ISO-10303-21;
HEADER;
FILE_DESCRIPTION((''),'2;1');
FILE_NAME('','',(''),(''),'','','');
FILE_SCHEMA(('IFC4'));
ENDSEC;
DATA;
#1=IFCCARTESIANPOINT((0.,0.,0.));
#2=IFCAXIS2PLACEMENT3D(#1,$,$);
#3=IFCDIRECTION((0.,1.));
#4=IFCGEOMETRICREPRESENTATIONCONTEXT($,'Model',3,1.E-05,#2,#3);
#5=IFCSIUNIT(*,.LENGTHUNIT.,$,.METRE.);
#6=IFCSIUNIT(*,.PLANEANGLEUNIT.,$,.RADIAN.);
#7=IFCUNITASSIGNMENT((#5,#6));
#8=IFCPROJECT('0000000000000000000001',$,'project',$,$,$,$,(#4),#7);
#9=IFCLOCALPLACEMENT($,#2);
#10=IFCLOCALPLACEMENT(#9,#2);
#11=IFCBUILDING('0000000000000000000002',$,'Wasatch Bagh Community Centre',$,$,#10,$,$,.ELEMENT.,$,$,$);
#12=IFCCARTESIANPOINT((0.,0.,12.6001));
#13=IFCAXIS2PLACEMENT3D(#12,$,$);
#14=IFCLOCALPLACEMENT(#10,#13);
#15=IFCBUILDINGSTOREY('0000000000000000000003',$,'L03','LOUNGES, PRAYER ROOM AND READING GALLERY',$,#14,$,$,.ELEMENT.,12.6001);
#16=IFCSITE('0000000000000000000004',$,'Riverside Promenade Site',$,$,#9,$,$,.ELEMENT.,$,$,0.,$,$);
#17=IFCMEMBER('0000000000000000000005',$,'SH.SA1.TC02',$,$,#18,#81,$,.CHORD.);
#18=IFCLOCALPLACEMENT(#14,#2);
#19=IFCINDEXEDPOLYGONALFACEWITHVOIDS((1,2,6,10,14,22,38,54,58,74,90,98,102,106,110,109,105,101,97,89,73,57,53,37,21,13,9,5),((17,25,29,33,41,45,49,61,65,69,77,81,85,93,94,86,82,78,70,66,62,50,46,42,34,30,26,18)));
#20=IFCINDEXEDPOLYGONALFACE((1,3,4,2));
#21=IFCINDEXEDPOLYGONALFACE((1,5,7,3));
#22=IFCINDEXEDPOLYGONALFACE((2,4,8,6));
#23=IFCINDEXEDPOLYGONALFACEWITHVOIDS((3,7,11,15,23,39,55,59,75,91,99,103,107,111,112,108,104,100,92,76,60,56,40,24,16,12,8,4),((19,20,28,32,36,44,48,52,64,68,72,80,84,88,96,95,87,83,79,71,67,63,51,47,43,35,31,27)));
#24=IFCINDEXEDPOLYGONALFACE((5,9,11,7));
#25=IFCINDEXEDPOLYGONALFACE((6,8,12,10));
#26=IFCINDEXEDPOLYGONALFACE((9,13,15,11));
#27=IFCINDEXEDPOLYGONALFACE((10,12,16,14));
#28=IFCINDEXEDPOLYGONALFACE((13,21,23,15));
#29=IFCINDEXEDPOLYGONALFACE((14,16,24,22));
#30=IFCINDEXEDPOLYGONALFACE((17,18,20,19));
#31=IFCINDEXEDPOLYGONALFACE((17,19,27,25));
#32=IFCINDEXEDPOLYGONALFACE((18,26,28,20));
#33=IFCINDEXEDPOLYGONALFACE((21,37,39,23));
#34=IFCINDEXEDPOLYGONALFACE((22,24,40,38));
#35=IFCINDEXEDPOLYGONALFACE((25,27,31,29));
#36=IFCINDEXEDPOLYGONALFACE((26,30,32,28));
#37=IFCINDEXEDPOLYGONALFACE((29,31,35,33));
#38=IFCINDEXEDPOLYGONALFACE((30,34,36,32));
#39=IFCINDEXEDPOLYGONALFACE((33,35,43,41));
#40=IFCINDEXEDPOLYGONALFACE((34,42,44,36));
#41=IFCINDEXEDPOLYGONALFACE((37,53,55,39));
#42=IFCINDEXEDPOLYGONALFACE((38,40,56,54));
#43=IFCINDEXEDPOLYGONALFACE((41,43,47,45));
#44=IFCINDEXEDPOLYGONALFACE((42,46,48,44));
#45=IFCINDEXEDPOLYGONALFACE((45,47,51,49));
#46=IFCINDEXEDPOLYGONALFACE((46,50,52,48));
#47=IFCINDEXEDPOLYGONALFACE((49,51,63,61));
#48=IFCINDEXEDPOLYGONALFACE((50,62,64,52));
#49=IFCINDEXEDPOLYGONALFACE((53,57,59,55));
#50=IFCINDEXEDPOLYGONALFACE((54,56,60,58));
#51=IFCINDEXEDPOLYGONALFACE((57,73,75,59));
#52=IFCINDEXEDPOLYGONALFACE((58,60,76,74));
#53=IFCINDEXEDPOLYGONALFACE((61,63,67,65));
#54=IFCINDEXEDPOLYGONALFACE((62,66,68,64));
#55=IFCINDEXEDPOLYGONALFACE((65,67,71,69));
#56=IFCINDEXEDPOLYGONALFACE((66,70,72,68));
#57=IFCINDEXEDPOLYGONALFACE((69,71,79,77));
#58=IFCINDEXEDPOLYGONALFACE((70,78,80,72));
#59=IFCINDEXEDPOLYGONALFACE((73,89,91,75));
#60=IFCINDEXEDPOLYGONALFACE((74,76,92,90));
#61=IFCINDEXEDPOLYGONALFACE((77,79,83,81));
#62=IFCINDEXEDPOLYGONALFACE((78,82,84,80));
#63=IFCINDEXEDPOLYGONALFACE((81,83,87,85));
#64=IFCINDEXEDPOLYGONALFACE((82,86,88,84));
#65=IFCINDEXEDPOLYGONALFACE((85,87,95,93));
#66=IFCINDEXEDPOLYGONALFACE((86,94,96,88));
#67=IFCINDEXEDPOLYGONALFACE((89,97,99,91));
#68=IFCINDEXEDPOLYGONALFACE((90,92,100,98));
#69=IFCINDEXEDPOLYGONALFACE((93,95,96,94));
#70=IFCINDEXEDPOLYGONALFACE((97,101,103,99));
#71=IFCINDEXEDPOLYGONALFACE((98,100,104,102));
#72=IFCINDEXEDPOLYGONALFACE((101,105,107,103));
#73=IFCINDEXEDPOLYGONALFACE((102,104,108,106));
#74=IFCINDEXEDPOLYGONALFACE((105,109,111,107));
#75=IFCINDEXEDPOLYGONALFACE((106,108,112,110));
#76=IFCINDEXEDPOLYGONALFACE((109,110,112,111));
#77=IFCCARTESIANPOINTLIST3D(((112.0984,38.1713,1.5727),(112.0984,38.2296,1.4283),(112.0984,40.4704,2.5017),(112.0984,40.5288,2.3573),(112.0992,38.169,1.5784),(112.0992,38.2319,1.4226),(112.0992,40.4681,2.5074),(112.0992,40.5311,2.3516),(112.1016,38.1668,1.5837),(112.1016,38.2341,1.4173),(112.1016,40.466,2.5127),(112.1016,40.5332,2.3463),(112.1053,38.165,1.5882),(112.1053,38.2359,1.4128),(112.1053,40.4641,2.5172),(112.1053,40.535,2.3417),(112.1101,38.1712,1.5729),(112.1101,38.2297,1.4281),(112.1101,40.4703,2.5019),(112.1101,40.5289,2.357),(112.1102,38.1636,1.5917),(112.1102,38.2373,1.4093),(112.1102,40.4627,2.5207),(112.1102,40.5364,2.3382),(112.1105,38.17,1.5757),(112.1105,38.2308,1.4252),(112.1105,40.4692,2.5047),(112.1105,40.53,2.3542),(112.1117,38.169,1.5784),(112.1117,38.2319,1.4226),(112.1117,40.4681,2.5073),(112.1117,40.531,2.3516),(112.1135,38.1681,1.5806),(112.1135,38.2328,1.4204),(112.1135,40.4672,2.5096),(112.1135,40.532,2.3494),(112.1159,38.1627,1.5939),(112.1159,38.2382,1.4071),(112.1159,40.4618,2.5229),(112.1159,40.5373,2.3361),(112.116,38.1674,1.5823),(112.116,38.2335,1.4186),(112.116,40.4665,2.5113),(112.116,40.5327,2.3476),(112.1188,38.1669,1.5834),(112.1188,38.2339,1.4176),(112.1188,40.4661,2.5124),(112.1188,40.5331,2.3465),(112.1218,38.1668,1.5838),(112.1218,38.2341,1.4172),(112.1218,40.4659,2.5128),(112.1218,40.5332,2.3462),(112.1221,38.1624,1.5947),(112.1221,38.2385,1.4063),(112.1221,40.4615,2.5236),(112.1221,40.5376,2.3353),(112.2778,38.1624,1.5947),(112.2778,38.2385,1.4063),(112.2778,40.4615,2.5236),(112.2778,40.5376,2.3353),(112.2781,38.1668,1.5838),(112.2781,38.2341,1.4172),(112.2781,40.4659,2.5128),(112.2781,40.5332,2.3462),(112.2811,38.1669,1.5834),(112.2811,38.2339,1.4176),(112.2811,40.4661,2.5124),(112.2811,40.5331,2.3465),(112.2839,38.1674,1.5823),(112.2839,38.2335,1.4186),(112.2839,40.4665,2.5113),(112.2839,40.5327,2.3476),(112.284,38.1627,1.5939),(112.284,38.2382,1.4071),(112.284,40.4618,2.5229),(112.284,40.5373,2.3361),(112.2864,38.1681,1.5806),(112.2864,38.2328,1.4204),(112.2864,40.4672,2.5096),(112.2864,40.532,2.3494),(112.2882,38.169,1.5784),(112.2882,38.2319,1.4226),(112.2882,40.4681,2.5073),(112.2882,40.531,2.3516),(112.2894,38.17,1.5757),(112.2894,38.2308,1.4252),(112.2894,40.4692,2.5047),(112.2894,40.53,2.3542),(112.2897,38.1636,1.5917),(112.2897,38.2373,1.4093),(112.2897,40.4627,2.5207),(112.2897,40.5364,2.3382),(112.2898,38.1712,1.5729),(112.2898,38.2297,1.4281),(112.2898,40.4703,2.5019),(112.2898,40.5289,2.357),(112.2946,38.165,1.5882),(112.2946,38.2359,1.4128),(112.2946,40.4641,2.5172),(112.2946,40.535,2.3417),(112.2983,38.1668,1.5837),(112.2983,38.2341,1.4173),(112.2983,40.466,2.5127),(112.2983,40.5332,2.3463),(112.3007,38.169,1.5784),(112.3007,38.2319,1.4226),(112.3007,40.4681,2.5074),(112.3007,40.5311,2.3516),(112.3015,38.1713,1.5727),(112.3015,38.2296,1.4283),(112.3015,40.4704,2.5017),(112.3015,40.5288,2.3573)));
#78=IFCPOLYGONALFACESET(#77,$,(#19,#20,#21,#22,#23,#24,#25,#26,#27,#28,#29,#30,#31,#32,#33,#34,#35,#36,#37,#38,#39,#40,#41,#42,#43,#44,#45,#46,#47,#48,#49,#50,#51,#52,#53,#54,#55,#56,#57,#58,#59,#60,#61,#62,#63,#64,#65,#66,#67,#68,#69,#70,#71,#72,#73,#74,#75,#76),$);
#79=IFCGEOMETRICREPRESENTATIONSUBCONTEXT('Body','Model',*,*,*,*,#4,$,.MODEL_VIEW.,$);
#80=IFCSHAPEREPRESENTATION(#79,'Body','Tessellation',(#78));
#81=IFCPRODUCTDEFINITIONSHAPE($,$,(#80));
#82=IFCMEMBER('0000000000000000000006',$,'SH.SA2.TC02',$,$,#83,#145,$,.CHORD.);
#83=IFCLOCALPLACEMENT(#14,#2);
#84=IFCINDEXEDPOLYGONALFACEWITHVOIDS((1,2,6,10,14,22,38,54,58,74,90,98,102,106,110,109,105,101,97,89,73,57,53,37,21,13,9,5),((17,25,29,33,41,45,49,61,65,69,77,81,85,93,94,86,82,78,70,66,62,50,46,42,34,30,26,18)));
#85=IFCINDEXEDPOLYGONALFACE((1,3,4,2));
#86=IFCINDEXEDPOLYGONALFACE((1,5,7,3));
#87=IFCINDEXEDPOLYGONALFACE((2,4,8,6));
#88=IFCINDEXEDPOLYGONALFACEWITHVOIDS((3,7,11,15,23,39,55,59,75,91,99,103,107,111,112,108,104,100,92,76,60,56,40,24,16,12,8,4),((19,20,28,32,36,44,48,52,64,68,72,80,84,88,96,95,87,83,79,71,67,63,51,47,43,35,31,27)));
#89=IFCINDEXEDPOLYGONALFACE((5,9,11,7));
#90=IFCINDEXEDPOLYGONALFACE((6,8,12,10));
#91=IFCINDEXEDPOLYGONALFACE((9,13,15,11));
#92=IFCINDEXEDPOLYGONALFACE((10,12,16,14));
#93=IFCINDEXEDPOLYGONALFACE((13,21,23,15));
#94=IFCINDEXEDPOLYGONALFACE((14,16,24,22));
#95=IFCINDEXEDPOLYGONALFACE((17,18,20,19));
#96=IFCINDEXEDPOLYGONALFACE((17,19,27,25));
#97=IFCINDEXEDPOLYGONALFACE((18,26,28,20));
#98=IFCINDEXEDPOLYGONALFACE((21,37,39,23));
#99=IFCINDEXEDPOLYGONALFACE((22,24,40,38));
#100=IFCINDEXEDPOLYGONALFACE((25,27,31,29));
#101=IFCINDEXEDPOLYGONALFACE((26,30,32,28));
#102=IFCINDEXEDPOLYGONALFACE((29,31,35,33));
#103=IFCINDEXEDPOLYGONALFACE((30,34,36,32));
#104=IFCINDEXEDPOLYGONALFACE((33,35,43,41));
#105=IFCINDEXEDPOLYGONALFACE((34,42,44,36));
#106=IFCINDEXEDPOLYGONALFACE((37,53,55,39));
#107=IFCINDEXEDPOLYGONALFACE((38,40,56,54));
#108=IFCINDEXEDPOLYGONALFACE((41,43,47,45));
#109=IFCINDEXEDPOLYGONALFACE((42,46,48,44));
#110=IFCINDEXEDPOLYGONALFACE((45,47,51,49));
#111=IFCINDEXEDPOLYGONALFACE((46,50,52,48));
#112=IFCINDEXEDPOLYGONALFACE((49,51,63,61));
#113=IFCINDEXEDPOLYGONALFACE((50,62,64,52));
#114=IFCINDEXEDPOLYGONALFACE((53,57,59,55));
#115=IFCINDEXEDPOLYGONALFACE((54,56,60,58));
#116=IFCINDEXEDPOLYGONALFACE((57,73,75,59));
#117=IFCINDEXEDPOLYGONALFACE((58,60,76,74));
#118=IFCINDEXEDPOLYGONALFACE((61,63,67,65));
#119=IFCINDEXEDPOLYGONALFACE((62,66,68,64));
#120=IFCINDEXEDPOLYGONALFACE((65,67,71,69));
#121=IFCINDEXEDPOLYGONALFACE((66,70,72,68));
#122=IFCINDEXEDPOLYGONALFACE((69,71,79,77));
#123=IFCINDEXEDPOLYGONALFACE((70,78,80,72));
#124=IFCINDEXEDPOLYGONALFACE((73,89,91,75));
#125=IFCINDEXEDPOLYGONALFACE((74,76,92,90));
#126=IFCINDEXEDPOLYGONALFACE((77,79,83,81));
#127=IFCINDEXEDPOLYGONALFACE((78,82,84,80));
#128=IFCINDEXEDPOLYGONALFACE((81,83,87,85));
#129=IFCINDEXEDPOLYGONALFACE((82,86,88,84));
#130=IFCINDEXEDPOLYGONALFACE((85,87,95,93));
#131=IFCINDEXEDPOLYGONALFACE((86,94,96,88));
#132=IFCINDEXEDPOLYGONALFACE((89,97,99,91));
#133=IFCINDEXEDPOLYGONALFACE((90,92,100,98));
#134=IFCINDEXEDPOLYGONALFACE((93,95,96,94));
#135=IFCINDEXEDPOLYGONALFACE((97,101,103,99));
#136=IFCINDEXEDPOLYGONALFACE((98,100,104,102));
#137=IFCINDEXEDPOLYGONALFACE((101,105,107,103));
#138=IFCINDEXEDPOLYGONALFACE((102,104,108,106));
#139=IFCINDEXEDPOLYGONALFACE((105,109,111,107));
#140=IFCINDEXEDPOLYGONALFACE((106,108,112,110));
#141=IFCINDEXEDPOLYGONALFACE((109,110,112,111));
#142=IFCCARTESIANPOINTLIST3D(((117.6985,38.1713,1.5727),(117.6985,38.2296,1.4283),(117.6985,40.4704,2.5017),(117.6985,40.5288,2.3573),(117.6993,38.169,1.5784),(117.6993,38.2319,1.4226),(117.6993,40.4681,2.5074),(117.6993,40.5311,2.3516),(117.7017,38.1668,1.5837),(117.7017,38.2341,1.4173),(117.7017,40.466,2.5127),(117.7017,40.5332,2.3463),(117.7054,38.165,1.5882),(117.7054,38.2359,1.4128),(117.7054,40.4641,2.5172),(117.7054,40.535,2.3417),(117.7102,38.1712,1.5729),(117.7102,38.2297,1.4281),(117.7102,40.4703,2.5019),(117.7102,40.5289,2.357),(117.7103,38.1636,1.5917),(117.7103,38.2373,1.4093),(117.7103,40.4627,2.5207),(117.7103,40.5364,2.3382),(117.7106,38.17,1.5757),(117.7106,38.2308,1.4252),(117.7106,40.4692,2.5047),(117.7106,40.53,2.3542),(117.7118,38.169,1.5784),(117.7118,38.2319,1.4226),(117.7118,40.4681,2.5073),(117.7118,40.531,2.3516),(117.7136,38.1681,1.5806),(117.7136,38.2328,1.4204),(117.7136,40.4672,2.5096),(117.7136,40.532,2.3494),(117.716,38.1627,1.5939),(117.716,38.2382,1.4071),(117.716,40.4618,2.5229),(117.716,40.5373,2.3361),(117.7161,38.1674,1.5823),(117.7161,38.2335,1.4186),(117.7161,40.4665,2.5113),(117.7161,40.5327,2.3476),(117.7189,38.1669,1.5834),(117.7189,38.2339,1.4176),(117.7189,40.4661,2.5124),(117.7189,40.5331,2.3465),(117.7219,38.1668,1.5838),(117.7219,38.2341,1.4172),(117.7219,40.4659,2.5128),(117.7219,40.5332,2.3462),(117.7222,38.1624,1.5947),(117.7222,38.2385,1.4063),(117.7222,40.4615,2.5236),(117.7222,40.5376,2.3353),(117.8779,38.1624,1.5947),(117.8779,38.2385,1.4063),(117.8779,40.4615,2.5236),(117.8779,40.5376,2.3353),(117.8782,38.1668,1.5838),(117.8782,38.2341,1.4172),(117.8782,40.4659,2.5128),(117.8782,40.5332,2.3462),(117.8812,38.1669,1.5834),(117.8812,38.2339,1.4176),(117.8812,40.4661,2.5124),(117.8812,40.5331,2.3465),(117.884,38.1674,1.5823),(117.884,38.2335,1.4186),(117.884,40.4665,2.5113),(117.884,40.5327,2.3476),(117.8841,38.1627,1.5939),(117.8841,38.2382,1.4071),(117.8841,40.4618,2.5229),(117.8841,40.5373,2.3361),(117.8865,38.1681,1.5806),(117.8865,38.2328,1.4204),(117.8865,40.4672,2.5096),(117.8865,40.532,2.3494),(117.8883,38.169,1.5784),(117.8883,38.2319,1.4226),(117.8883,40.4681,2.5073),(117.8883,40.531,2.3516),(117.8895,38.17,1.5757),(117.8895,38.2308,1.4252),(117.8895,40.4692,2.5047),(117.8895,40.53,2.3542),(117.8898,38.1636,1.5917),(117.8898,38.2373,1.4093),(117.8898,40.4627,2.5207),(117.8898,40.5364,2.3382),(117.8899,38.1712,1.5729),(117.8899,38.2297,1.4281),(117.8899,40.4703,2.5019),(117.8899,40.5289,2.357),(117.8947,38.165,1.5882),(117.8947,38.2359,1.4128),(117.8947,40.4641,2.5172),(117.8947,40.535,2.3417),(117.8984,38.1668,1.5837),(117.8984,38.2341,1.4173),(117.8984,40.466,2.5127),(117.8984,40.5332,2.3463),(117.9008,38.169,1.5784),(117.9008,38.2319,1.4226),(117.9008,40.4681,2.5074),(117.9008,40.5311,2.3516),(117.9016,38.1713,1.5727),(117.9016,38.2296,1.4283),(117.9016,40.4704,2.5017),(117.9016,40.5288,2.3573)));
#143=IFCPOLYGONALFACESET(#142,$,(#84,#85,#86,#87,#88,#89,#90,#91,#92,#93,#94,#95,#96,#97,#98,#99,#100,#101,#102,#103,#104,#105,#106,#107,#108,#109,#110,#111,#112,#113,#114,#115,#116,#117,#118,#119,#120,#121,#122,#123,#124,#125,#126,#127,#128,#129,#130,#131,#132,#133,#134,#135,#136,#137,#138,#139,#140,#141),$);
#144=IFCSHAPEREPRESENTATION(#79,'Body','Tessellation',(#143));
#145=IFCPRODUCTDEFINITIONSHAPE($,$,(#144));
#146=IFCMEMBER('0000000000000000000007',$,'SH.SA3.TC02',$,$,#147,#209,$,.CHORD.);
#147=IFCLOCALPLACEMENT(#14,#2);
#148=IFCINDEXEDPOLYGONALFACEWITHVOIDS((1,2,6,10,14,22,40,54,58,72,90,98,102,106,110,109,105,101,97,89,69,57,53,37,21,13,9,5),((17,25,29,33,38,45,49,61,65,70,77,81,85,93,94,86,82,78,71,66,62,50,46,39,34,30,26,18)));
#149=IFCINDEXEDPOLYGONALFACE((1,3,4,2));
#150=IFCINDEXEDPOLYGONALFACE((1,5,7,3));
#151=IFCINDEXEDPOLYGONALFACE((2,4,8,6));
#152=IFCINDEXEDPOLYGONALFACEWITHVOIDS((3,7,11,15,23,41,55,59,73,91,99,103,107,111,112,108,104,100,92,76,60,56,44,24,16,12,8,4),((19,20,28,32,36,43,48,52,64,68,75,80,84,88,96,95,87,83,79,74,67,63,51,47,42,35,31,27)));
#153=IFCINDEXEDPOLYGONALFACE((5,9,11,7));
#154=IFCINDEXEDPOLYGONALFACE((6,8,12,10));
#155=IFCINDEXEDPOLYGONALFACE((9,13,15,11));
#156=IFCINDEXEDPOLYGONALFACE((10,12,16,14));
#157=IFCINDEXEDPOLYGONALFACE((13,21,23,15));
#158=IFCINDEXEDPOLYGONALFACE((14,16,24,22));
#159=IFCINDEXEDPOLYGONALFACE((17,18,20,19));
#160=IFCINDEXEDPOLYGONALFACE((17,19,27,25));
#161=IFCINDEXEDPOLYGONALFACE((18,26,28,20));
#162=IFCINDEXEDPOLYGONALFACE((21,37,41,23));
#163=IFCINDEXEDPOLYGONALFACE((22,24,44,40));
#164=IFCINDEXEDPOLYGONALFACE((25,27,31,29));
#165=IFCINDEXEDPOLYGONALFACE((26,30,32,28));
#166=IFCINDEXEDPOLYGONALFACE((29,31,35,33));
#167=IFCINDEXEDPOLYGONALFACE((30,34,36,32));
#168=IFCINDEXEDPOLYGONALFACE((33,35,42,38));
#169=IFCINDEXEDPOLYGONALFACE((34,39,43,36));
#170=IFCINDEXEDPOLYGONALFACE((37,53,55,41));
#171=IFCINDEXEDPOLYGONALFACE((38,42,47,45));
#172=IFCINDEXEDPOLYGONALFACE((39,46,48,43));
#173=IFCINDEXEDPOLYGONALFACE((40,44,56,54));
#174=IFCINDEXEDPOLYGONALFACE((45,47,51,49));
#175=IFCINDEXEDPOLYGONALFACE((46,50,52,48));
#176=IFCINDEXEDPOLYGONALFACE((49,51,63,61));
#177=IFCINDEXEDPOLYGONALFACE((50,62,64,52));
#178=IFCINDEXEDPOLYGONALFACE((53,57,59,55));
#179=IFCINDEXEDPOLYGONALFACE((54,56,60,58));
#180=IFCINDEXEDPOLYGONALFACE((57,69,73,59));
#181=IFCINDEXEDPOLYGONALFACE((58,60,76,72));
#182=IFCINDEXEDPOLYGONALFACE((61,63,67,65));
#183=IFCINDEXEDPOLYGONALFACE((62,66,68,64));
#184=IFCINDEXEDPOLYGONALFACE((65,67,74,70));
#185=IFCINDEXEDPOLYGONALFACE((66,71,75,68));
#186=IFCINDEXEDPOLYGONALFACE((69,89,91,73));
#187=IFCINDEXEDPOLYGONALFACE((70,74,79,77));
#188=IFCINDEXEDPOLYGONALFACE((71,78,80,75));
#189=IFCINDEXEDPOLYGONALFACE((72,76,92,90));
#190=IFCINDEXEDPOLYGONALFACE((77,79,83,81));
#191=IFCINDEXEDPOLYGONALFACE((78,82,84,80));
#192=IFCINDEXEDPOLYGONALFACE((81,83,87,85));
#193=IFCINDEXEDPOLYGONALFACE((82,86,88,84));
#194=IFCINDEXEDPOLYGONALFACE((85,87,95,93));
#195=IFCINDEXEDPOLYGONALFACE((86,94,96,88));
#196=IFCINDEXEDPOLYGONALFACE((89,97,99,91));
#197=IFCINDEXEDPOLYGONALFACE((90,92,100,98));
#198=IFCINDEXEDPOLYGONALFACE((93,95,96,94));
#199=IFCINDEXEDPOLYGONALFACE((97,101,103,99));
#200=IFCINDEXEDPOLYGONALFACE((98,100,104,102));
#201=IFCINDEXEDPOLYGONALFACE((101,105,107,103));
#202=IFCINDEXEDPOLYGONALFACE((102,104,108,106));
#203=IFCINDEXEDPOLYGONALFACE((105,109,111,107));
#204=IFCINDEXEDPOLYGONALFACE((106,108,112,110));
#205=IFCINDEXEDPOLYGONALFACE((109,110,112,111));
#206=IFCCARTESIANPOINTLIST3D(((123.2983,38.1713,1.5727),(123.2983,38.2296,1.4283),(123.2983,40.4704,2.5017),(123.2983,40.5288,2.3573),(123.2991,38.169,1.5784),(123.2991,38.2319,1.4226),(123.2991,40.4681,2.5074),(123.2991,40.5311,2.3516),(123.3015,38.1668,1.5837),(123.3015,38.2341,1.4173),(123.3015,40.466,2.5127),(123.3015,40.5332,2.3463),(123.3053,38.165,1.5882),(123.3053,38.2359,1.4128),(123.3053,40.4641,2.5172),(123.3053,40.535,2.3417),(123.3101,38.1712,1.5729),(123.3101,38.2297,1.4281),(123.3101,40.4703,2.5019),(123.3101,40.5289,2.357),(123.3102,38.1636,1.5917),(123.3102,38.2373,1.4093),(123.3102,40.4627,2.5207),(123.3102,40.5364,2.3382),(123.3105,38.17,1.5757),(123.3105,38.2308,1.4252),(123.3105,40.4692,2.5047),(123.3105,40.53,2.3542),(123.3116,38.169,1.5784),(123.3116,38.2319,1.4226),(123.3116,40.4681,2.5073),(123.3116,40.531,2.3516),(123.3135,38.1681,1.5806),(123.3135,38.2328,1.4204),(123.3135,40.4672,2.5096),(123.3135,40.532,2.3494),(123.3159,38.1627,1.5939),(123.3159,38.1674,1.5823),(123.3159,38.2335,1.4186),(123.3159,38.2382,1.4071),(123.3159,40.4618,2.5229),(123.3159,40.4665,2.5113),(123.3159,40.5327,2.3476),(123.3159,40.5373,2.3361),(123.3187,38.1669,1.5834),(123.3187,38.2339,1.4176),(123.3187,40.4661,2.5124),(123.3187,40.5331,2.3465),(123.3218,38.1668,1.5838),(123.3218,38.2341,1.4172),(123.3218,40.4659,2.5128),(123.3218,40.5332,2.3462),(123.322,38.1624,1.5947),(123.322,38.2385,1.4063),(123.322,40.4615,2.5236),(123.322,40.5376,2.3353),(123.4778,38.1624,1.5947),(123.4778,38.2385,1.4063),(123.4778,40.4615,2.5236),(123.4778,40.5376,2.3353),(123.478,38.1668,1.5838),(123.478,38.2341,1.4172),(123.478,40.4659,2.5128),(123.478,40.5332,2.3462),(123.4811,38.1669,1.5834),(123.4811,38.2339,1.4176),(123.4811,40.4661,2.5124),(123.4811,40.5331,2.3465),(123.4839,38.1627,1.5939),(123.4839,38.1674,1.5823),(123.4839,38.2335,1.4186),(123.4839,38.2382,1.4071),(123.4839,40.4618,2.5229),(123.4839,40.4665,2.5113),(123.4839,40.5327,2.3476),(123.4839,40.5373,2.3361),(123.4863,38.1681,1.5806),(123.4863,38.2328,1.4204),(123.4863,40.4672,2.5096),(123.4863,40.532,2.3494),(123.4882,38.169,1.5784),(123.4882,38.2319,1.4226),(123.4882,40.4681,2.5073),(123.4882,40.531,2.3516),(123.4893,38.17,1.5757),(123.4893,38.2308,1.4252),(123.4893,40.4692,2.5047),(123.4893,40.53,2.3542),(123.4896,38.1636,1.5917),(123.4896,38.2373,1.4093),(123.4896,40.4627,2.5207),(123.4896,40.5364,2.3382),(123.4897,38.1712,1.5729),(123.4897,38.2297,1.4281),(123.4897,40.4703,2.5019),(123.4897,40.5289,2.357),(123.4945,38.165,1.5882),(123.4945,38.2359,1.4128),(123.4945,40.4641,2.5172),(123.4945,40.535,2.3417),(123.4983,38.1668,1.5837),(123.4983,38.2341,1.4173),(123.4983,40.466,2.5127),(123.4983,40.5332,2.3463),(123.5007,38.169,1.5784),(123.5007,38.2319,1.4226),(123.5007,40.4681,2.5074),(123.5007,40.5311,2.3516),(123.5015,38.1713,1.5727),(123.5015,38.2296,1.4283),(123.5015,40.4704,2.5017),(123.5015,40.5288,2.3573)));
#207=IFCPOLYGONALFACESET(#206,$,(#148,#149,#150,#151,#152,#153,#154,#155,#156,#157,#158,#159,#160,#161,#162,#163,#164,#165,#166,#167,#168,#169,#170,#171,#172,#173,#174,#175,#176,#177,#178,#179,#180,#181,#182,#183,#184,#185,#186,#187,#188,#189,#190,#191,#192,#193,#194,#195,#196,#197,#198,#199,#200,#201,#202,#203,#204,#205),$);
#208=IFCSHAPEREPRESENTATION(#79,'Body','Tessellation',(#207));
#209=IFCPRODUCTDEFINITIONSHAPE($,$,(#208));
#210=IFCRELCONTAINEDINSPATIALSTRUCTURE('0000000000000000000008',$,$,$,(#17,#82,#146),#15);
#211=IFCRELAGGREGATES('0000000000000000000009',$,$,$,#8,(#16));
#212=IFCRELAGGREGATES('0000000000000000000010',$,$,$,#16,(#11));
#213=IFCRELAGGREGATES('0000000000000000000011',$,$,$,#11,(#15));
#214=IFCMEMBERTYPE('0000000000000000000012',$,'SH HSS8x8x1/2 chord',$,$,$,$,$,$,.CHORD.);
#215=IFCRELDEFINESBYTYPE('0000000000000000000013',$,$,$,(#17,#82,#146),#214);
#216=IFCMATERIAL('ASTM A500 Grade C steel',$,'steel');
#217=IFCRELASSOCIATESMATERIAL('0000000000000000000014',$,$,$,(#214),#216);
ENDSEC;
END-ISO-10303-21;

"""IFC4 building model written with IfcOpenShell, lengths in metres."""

from ifc_helpers import new_model, si_unit, direction, frame, origin, origin_2d, place, context, subcontext, project, spatial, hollow_rectangle, extrude, material, material_profile, profile_set, type_object, element, save


model = new_model("IFC4")

# Units and contexts
model_context = context("Model", 3, precision=1e-05, world=origin(), true_north=direction((0.0, 1.0)))
body_context = subcontext(model_context, "Body", "Model", "MODEL_VIEW")
ifc_project = project(units=[si_unit("LENGTHUNIT", "METRE"), si_unit("PLANEANGLEUNIT", "RADIAN")], contexts=[model_context])

# Site, building, storey
site_placement = place(None, origin())
site = spatial("IfcSite", under=ifc_project, at=site_placement, Name="Riverside Promenade Site", CompositionType="ELEMENT", RefElevation=0.0)
building_placement = place(site_placement, origin())
building = spatial("IfcBuilding", under=site, at=building_placement, Name="Wasatch Bagh Community Centre", CompositionType="ELEMENT")
storey_placement = place(building_placement, frame((0.0, 0.0, 12.6001)))
storey = spatial("IfcBuildingStorey", under=building, at=storey_placement, Name="L03", Description="LOUNGES, PRAYER ROOM AND READING GALLERY", CompositionType="ELEMENT", Elevation=12.6001)

# Members
ifc_material_1 = material(Name="ASTM A500 Grade C steel", Category="steel")
ifc_material_profile_1 = material_profile(ifc_material_1, hollow_rectangle(XDim=0.2031, YDim=0.2031, WallThickness=0.0117, InnerFilletRadius=0.0117, OuterFilletRadius=0.0237, at=origin_2d()), Name="HSS8x8x1/2")
ifc_profile_set_1 = profile_set([ifc_material_profile_1], Name="ASTM A500 Grade C steel")
member_type_1 = type_object("IfcMemberType", Name="SH HSS8x8x1/2 chord", PredefinedType="CHORD", material=ifc_profile_set_1)
for number, where, z_axis, x_axis, name in (
    (1, (112.2, 38.2004, 1.5005), (0.0, 0.927174, 0.374631), (-1.0, 0.0, 0.0), "SH.SA1.TC02"),
    (2, (117.8, 38.2004, 1.5005), (0.0, 0.927174, 0.374631), (-1.0, 0.0, 0.0), "SH.SA2.TC02"),
    (3, (123.3999, 38.2004, 1.5005), (0.0, 0.927174, 0.374631), (-1.0, 0.0, 0.0), "SH.SA3.TC02"),
):
    element("IfcMember", number, at=place(storey_placement, frame(where, z_axis=z_axis, x_axis=x_axis)), inside=storey, type_object=member_type_1, Name=name, PredefinedType="CHORD", context=body_context, shape_type="SweptSolid", body=[
        extrude(hollow_rectangle(XDim=0.2031, YDim=0.2031, WallThickness=0.0117, InnerFilletRadius=0.0117, OuterFilletRadius=0.0237, at=origin_2d()), origin(), (0.0, 0.0, 1.0), 2.4797),
    ])

save(model, "model.ifc")
